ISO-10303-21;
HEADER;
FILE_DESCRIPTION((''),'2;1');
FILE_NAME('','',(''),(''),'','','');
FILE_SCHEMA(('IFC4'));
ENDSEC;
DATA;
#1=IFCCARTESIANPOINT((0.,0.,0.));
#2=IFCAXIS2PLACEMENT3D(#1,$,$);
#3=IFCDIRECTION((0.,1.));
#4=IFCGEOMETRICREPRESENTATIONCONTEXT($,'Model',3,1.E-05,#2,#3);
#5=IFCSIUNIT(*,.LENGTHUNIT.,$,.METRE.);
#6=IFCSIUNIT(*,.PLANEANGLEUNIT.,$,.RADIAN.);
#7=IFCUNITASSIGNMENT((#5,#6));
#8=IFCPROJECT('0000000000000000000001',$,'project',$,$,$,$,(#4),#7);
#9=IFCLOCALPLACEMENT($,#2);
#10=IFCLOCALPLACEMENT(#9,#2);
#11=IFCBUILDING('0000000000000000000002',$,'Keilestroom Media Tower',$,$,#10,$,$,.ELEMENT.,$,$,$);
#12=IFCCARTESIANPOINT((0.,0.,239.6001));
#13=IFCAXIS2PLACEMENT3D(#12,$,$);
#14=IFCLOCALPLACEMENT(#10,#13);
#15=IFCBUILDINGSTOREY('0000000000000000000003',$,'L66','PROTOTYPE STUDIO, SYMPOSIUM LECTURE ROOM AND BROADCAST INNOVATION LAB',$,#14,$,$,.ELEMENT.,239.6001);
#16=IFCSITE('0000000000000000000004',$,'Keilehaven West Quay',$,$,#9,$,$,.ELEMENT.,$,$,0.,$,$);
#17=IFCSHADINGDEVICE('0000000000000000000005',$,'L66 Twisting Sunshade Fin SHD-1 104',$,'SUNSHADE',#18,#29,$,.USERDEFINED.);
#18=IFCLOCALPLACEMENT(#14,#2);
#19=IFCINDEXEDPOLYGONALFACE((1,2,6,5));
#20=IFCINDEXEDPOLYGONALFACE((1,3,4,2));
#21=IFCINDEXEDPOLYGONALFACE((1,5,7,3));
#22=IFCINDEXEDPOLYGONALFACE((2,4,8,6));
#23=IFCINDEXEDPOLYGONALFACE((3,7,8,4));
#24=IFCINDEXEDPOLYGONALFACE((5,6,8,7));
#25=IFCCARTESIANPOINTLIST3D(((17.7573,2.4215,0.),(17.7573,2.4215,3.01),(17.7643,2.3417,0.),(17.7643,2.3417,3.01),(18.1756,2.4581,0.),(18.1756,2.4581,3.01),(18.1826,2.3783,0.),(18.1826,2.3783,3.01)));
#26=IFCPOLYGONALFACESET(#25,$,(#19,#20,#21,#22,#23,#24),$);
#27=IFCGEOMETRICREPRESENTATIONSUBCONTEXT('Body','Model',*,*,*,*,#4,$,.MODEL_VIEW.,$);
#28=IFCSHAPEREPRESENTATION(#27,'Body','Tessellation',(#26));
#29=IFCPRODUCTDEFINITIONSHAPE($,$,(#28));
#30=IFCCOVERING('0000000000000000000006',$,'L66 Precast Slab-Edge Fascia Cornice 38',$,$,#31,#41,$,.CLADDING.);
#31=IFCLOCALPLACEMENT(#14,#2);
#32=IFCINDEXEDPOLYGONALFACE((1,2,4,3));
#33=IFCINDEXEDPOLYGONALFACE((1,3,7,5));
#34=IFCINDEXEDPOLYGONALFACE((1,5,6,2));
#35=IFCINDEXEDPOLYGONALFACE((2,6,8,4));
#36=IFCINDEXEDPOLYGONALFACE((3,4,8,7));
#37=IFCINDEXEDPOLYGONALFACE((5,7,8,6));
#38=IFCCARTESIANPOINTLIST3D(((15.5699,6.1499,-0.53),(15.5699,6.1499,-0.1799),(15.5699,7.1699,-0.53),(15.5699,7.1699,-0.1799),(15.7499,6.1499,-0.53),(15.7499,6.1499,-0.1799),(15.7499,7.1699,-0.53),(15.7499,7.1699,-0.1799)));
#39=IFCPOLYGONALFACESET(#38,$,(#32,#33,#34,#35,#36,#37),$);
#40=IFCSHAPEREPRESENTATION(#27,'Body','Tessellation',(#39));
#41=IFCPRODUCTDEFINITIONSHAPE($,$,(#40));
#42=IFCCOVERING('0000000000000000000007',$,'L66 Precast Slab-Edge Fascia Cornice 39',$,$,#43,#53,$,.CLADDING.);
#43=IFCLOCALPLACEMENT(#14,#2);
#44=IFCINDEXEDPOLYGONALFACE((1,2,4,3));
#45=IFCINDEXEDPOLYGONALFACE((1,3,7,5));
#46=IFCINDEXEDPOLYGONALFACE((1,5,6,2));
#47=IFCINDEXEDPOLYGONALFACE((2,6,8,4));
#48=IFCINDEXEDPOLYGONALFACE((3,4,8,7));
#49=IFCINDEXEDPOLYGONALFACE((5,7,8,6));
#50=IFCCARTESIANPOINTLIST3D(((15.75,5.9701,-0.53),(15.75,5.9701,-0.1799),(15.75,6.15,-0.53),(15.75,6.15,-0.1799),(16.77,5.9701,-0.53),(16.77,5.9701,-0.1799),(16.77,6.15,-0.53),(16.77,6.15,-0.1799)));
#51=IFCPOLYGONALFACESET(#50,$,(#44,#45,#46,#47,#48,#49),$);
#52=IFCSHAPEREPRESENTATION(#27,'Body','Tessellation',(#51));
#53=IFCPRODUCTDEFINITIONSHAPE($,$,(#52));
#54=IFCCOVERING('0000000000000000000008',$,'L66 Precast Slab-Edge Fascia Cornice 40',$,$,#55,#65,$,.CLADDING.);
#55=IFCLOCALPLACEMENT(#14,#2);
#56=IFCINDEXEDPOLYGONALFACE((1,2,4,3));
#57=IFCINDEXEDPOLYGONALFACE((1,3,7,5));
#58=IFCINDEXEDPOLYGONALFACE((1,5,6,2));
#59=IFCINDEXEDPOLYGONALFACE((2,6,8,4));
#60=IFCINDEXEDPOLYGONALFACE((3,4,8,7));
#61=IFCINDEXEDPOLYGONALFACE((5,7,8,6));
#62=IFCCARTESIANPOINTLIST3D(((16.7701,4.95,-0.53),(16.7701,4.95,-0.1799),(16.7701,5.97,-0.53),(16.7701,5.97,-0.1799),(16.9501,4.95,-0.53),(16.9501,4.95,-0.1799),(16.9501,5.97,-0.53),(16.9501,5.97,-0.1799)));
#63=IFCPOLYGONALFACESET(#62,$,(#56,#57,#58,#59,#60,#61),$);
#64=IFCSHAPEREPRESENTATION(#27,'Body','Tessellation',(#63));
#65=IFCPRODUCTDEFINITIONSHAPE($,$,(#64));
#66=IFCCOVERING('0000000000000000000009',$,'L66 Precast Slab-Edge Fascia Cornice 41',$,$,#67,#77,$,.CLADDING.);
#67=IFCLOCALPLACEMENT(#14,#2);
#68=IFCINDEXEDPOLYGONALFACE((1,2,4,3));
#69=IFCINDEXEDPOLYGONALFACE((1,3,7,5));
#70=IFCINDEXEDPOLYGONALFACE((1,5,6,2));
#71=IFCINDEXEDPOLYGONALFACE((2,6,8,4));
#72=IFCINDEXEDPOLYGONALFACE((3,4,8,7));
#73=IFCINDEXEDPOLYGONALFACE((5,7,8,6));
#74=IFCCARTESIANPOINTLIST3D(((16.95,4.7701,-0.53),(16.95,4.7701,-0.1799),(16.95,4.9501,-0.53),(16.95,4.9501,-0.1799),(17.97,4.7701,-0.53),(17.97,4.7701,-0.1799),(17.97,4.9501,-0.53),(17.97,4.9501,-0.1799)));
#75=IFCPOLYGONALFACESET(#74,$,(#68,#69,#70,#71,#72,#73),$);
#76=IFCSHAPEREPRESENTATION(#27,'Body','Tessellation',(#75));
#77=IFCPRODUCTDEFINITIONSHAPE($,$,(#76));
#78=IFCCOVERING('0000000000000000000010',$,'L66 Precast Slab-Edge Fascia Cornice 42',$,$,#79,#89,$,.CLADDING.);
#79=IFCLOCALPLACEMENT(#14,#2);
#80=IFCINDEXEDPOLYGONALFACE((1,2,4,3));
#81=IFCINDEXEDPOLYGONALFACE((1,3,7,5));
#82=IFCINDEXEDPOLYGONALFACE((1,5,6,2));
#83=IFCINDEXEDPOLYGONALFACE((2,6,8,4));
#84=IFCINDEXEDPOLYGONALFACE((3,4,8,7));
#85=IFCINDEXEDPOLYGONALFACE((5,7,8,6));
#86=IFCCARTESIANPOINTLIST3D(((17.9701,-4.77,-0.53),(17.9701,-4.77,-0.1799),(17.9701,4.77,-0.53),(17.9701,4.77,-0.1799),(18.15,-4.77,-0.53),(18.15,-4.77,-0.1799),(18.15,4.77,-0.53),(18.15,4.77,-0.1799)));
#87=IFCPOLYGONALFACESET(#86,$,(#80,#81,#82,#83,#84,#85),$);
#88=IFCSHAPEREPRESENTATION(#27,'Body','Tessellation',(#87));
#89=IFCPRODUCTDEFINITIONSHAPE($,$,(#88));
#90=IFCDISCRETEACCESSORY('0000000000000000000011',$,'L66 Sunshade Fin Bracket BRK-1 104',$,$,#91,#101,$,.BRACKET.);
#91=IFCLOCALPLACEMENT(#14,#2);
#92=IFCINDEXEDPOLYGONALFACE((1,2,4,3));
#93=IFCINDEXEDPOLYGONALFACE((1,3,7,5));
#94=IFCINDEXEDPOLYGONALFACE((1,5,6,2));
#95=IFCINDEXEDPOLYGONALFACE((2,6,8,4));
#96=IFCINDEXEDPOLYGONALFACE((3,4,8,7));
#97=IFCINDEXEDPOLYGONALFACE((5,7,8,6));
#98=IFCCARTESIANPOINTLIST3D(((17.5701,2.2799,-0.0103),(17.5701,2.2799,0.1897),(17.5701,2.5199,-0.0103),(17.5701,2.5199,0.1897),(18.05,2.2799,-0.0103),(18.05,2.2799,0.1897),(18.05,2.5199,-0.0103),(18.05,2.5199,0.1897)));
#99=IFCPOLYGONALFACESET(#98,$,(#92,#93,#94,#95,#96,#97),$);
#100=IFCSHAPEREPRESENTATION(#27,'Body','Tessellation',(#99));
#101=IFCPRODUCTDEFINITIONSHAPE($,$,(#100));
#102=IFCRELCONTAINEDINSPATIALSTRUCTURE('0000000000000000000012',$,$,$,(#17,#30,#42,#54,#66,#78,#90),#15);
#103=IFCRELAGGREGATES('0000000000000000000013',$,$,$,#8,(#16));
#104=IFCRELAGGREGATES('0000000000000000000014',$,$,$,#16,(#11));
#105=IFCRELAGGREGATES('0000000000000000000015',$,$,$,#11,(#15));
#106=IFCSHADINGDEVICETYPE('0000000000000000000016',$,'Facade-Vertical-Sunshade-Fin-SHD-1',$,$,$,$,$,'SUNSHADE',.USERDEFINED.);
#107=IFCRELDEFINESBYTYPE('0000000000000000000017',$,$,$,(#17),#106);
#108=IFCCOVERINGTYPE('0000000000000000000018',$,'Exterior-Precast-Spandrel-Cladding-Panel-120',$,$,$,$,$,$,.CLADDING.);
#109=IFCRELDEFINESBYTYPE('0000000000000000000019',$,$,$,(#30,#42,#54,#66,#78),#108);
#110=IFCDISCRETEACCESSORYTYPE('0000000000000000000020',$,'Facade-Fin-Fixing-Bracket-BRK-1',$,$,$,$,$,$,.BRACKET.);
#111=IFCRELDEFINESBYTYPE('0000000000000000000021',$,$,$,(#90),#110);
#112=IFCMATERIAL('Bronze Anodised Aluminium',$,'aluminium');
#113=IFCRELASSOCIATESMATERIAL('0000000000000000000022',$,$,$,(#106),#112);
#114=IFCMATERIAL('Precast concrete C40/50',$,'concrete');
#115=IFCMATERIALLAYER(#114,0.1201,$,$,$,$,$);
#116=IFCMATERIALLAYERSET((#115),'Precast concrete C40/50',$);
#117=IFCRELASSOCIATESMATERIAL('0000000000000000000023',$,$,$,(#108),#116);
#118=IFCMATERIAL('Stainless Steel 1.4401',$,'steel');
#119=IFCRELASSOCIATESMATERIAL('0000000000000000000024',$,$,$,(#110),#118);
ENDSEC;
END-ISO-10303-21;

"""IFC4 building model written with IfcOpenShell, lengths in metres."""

from ifc_helpers import new_model, si_unit, direction, frame, origin, origin_2d, place, context, subcontext, project, spatial, rectangle, extrude, source, transform, mapped, material, layer, layer_set, type_object, element, save


model = new_model("IFC4")

# Units and contexts
model_context = context("Model", 3, precision=1e-05, world=origin(), true_north=direction((0.0, 1.0)))
body_context = subcontext(model_context, "Body", "Model", "MODEL_VIEW")
ifc_project = project(units=[si_unit("LENGTHUNIT", "METRE"), si_unit("PLANEANGLEUNIT", "RADIAN")], contexts=[model_context])

# Site, building, storey
site_placement = place(None, origin())
site = spatial("IfcSite", under=ifc_project, at=site_placement, Name="Keilehaven West Quay", CompositionType="ELEMENT", RefElevation=0.0)
building_placement = place(site_placement, origin())
building = spatial("IfcBuilding", under=site, at=building_placement, Name="Keilestroom Media Tower", CompositionType="ELEMENT")
storey_placement = place(building_placement, frame((0.0, 0.0, 239.6001)))
storey = spatial("IfcBuildingStorey", under=building, at=storey_placement, Name="L66", Description="PROTOTYPE STUDIO, SYMPOSIUM LECTURE ROOM AND BROADCAST INNOVATION LAB", CompositionType="ELEMENT", Elevation=239.6001)

# Shared definitions
ifc_material_1 = material(Name="Precast concrete C40/50", Category="concrete")

# Shading device
ifc_material_2 = material(Name="Bronze Anodised Aluminium", Category="aluminium")
shading_device_type = type_object("IfcShadingDeviceType", Name="Facade-Vertical-Sunshade-Fin-SHD-1", ElementType="SUNSHADE", PredefinedType="USERDEFINED", material=ifc_material_2)
shared_shape_1 = source(origin(), body_context, "Body", "SweptSolid", [
    extrude(rectangle(XDim=0.4199, YDim=0.0801, at=origin_2d()), origin(), (0.0, 0.0, 1.0), 3.01),
])
shading_device_placement = place(storey_placement, frame((17.97, 2.3999, 0.0), z_axis=(0.0, 0.0, 1.0), x_axis=(0.996195, 0.087156, 0.0)))
element("IfcShadingDevice", 1, at=shading_device_placement, inside=storey, type_object=shading_device_type, Name="L66 Twisting Sunshade Fin SHD-1 104", ObjectType="SUNSHADE", PredefinedType="USERDEFINED", context=body_context, shape_type="MappedRepresentation", body=[
    mapped(shared_shape_1, transform((0.0, 0.0, 0.0), x_axis=(1.0, 0.0, 0.0), y_axis=(0.0, 1.0, 0.0), z_axis=(0.0, 0.0, 1.0), scale=1.0)),
])

# Coverings
ifc_layer_1 = layer(ifc_material_1, 0.1201)
ifc_layer_set_1 = layer_set([ifc_layer_1], Name="Precast concrete C40/50")
covering_type = type_object("IfcCoveringType", Name="Exterior-Precast-Spandrel-Cladding-Panel-120", PredefinedType="CLADDING", material=ifc_layer_set_1)
shared_shape_2 = source(origin(), body_context, "Body", "SweptSolid", [
    extrude(rectangle(XDim=1.02, YDim=0.1799, at=origin_2d()), origin(), (0.0, 0.0, 1.0), 0.3501),
])
for number, where, z_axis, x_axis, name in (
    (2, (15.6599, 6.6599, -0.53), (0.0, 0.0, 1.0), (0.0, -1.0, 0.0), "L66 Precast Slab-Edge Fascia Cornice 38"),
    (3, (16.26, 6.0601, -0.53), (0.0, 0.0, 1.0), (1.0, 0.0, 0.0), "L66 Precast Slab-Edge Fascia Cornice 39"),
    (4, (16.8601, 5.46, -0.53), (0.0, 0.0, 1.0), (0.0, -1.0, 0.0), "L66 Precast Slab-Edge Fascia Cornice 40"),
    (5, (17.46, 4.8601, -0.53), (0.0, 0.0, 1.0), (1.0, 0.0, 0.0), "L66 Precast Slab-Edge Fascia Cornice 41"),
):
    element("IfcCovering", number, at=place(storey_placement, frame(where, z_axis=z_axis, x_axis=x_axis)), inside=storey, type_object=covering_type, Name=name, PredefinedType="CLADDING", context=body_context, shape_type="MappedRepresentation", body=[
        mapped(shared_shape_2, transform((0.0, 0.0, 0.0), x_axis=(1.0, 0.0, 0.0), y_axis=(0.0, 1.0, 0.0), z_axis=(0.0, 0.0, 1.0), scale=1.0)),
    ])
shared_shape_3 = source(origin(), body_context, "Body", "SweptSolid", [
    extrude(rectangle(XDim=9.54, YDim=0.1799, at=origin_2d()), origin(), (0.0, 0.0, 1.0), 0.3501),
])
covering_placement = place(storey_placement, frame((18.0601, 0.0, -0.53), z_axis=(0.0, 0.0, 1.0), x_axis=(0.0, -1.0, 0.0)))
element("IfcCovering", 6, at=covering_placement, inside=storey, type_object=covering_type, Name="L66 Precast Slab-Edge Fascia Cornice 42", PredefinedType="CLADDING", context=body_context, shape_type="MappedRepresentation", body=[
    mapped(shared_shape_3, transform((0.0, 0.0, 0.0), x_axis=(1.0, 0.0, 0.0), y_axis=(0.0, 1.0, 0.0), z_axis=(0.0, 0.0, 1.0), scale=1.0)),
])

# Discrete accessory
ifc_material_3 = material(Name="Stainless Steel 1.4401", Category="steel")
discrete_accessory_type = type_object("IfcDiscreteAccessoryType", Name="Facade-Fin-Fixing-Bracket-BRK-1", PredefinedType="BRACKET", material=ifc_material_3)
shared_shape_4 = source(origin(), body_context, "Body", "SweptSolid", [
    extrude(rectangle(XDim=0.48, YDim=0.24, at=origin_2d()), origin(), (0.0, 0.0, 1.0), 0.2),
])
discrete_accessory_placement = place(storey_placement, frame((17.8101, 2.3999, -0.0103), z_axis=(0.0, 0.0, 1.0), x_axis=(1.0, 0.0, 0.0)))
element("IfcDiscreteAccessory", 7, at=discrete_accessory_placement, inside=storey, type_object=discrete_accessory_type, Name="L66 Sunshade Fin Bracket BRK-1 104", PredefinedType="BRACKET", context=body_context, shape_type="MappedRepresentation", body=[
    mapped(shared_shape_4, transform((0.0, 0.0, 0.0), x_axis=(1.0, 0.0, 0.0), y_axis=(0.0, 1.0, 0.0), z_axis=(0.0, 0.0, 1.0), scale=1.0)),
])

save(model, "model.ifc")
